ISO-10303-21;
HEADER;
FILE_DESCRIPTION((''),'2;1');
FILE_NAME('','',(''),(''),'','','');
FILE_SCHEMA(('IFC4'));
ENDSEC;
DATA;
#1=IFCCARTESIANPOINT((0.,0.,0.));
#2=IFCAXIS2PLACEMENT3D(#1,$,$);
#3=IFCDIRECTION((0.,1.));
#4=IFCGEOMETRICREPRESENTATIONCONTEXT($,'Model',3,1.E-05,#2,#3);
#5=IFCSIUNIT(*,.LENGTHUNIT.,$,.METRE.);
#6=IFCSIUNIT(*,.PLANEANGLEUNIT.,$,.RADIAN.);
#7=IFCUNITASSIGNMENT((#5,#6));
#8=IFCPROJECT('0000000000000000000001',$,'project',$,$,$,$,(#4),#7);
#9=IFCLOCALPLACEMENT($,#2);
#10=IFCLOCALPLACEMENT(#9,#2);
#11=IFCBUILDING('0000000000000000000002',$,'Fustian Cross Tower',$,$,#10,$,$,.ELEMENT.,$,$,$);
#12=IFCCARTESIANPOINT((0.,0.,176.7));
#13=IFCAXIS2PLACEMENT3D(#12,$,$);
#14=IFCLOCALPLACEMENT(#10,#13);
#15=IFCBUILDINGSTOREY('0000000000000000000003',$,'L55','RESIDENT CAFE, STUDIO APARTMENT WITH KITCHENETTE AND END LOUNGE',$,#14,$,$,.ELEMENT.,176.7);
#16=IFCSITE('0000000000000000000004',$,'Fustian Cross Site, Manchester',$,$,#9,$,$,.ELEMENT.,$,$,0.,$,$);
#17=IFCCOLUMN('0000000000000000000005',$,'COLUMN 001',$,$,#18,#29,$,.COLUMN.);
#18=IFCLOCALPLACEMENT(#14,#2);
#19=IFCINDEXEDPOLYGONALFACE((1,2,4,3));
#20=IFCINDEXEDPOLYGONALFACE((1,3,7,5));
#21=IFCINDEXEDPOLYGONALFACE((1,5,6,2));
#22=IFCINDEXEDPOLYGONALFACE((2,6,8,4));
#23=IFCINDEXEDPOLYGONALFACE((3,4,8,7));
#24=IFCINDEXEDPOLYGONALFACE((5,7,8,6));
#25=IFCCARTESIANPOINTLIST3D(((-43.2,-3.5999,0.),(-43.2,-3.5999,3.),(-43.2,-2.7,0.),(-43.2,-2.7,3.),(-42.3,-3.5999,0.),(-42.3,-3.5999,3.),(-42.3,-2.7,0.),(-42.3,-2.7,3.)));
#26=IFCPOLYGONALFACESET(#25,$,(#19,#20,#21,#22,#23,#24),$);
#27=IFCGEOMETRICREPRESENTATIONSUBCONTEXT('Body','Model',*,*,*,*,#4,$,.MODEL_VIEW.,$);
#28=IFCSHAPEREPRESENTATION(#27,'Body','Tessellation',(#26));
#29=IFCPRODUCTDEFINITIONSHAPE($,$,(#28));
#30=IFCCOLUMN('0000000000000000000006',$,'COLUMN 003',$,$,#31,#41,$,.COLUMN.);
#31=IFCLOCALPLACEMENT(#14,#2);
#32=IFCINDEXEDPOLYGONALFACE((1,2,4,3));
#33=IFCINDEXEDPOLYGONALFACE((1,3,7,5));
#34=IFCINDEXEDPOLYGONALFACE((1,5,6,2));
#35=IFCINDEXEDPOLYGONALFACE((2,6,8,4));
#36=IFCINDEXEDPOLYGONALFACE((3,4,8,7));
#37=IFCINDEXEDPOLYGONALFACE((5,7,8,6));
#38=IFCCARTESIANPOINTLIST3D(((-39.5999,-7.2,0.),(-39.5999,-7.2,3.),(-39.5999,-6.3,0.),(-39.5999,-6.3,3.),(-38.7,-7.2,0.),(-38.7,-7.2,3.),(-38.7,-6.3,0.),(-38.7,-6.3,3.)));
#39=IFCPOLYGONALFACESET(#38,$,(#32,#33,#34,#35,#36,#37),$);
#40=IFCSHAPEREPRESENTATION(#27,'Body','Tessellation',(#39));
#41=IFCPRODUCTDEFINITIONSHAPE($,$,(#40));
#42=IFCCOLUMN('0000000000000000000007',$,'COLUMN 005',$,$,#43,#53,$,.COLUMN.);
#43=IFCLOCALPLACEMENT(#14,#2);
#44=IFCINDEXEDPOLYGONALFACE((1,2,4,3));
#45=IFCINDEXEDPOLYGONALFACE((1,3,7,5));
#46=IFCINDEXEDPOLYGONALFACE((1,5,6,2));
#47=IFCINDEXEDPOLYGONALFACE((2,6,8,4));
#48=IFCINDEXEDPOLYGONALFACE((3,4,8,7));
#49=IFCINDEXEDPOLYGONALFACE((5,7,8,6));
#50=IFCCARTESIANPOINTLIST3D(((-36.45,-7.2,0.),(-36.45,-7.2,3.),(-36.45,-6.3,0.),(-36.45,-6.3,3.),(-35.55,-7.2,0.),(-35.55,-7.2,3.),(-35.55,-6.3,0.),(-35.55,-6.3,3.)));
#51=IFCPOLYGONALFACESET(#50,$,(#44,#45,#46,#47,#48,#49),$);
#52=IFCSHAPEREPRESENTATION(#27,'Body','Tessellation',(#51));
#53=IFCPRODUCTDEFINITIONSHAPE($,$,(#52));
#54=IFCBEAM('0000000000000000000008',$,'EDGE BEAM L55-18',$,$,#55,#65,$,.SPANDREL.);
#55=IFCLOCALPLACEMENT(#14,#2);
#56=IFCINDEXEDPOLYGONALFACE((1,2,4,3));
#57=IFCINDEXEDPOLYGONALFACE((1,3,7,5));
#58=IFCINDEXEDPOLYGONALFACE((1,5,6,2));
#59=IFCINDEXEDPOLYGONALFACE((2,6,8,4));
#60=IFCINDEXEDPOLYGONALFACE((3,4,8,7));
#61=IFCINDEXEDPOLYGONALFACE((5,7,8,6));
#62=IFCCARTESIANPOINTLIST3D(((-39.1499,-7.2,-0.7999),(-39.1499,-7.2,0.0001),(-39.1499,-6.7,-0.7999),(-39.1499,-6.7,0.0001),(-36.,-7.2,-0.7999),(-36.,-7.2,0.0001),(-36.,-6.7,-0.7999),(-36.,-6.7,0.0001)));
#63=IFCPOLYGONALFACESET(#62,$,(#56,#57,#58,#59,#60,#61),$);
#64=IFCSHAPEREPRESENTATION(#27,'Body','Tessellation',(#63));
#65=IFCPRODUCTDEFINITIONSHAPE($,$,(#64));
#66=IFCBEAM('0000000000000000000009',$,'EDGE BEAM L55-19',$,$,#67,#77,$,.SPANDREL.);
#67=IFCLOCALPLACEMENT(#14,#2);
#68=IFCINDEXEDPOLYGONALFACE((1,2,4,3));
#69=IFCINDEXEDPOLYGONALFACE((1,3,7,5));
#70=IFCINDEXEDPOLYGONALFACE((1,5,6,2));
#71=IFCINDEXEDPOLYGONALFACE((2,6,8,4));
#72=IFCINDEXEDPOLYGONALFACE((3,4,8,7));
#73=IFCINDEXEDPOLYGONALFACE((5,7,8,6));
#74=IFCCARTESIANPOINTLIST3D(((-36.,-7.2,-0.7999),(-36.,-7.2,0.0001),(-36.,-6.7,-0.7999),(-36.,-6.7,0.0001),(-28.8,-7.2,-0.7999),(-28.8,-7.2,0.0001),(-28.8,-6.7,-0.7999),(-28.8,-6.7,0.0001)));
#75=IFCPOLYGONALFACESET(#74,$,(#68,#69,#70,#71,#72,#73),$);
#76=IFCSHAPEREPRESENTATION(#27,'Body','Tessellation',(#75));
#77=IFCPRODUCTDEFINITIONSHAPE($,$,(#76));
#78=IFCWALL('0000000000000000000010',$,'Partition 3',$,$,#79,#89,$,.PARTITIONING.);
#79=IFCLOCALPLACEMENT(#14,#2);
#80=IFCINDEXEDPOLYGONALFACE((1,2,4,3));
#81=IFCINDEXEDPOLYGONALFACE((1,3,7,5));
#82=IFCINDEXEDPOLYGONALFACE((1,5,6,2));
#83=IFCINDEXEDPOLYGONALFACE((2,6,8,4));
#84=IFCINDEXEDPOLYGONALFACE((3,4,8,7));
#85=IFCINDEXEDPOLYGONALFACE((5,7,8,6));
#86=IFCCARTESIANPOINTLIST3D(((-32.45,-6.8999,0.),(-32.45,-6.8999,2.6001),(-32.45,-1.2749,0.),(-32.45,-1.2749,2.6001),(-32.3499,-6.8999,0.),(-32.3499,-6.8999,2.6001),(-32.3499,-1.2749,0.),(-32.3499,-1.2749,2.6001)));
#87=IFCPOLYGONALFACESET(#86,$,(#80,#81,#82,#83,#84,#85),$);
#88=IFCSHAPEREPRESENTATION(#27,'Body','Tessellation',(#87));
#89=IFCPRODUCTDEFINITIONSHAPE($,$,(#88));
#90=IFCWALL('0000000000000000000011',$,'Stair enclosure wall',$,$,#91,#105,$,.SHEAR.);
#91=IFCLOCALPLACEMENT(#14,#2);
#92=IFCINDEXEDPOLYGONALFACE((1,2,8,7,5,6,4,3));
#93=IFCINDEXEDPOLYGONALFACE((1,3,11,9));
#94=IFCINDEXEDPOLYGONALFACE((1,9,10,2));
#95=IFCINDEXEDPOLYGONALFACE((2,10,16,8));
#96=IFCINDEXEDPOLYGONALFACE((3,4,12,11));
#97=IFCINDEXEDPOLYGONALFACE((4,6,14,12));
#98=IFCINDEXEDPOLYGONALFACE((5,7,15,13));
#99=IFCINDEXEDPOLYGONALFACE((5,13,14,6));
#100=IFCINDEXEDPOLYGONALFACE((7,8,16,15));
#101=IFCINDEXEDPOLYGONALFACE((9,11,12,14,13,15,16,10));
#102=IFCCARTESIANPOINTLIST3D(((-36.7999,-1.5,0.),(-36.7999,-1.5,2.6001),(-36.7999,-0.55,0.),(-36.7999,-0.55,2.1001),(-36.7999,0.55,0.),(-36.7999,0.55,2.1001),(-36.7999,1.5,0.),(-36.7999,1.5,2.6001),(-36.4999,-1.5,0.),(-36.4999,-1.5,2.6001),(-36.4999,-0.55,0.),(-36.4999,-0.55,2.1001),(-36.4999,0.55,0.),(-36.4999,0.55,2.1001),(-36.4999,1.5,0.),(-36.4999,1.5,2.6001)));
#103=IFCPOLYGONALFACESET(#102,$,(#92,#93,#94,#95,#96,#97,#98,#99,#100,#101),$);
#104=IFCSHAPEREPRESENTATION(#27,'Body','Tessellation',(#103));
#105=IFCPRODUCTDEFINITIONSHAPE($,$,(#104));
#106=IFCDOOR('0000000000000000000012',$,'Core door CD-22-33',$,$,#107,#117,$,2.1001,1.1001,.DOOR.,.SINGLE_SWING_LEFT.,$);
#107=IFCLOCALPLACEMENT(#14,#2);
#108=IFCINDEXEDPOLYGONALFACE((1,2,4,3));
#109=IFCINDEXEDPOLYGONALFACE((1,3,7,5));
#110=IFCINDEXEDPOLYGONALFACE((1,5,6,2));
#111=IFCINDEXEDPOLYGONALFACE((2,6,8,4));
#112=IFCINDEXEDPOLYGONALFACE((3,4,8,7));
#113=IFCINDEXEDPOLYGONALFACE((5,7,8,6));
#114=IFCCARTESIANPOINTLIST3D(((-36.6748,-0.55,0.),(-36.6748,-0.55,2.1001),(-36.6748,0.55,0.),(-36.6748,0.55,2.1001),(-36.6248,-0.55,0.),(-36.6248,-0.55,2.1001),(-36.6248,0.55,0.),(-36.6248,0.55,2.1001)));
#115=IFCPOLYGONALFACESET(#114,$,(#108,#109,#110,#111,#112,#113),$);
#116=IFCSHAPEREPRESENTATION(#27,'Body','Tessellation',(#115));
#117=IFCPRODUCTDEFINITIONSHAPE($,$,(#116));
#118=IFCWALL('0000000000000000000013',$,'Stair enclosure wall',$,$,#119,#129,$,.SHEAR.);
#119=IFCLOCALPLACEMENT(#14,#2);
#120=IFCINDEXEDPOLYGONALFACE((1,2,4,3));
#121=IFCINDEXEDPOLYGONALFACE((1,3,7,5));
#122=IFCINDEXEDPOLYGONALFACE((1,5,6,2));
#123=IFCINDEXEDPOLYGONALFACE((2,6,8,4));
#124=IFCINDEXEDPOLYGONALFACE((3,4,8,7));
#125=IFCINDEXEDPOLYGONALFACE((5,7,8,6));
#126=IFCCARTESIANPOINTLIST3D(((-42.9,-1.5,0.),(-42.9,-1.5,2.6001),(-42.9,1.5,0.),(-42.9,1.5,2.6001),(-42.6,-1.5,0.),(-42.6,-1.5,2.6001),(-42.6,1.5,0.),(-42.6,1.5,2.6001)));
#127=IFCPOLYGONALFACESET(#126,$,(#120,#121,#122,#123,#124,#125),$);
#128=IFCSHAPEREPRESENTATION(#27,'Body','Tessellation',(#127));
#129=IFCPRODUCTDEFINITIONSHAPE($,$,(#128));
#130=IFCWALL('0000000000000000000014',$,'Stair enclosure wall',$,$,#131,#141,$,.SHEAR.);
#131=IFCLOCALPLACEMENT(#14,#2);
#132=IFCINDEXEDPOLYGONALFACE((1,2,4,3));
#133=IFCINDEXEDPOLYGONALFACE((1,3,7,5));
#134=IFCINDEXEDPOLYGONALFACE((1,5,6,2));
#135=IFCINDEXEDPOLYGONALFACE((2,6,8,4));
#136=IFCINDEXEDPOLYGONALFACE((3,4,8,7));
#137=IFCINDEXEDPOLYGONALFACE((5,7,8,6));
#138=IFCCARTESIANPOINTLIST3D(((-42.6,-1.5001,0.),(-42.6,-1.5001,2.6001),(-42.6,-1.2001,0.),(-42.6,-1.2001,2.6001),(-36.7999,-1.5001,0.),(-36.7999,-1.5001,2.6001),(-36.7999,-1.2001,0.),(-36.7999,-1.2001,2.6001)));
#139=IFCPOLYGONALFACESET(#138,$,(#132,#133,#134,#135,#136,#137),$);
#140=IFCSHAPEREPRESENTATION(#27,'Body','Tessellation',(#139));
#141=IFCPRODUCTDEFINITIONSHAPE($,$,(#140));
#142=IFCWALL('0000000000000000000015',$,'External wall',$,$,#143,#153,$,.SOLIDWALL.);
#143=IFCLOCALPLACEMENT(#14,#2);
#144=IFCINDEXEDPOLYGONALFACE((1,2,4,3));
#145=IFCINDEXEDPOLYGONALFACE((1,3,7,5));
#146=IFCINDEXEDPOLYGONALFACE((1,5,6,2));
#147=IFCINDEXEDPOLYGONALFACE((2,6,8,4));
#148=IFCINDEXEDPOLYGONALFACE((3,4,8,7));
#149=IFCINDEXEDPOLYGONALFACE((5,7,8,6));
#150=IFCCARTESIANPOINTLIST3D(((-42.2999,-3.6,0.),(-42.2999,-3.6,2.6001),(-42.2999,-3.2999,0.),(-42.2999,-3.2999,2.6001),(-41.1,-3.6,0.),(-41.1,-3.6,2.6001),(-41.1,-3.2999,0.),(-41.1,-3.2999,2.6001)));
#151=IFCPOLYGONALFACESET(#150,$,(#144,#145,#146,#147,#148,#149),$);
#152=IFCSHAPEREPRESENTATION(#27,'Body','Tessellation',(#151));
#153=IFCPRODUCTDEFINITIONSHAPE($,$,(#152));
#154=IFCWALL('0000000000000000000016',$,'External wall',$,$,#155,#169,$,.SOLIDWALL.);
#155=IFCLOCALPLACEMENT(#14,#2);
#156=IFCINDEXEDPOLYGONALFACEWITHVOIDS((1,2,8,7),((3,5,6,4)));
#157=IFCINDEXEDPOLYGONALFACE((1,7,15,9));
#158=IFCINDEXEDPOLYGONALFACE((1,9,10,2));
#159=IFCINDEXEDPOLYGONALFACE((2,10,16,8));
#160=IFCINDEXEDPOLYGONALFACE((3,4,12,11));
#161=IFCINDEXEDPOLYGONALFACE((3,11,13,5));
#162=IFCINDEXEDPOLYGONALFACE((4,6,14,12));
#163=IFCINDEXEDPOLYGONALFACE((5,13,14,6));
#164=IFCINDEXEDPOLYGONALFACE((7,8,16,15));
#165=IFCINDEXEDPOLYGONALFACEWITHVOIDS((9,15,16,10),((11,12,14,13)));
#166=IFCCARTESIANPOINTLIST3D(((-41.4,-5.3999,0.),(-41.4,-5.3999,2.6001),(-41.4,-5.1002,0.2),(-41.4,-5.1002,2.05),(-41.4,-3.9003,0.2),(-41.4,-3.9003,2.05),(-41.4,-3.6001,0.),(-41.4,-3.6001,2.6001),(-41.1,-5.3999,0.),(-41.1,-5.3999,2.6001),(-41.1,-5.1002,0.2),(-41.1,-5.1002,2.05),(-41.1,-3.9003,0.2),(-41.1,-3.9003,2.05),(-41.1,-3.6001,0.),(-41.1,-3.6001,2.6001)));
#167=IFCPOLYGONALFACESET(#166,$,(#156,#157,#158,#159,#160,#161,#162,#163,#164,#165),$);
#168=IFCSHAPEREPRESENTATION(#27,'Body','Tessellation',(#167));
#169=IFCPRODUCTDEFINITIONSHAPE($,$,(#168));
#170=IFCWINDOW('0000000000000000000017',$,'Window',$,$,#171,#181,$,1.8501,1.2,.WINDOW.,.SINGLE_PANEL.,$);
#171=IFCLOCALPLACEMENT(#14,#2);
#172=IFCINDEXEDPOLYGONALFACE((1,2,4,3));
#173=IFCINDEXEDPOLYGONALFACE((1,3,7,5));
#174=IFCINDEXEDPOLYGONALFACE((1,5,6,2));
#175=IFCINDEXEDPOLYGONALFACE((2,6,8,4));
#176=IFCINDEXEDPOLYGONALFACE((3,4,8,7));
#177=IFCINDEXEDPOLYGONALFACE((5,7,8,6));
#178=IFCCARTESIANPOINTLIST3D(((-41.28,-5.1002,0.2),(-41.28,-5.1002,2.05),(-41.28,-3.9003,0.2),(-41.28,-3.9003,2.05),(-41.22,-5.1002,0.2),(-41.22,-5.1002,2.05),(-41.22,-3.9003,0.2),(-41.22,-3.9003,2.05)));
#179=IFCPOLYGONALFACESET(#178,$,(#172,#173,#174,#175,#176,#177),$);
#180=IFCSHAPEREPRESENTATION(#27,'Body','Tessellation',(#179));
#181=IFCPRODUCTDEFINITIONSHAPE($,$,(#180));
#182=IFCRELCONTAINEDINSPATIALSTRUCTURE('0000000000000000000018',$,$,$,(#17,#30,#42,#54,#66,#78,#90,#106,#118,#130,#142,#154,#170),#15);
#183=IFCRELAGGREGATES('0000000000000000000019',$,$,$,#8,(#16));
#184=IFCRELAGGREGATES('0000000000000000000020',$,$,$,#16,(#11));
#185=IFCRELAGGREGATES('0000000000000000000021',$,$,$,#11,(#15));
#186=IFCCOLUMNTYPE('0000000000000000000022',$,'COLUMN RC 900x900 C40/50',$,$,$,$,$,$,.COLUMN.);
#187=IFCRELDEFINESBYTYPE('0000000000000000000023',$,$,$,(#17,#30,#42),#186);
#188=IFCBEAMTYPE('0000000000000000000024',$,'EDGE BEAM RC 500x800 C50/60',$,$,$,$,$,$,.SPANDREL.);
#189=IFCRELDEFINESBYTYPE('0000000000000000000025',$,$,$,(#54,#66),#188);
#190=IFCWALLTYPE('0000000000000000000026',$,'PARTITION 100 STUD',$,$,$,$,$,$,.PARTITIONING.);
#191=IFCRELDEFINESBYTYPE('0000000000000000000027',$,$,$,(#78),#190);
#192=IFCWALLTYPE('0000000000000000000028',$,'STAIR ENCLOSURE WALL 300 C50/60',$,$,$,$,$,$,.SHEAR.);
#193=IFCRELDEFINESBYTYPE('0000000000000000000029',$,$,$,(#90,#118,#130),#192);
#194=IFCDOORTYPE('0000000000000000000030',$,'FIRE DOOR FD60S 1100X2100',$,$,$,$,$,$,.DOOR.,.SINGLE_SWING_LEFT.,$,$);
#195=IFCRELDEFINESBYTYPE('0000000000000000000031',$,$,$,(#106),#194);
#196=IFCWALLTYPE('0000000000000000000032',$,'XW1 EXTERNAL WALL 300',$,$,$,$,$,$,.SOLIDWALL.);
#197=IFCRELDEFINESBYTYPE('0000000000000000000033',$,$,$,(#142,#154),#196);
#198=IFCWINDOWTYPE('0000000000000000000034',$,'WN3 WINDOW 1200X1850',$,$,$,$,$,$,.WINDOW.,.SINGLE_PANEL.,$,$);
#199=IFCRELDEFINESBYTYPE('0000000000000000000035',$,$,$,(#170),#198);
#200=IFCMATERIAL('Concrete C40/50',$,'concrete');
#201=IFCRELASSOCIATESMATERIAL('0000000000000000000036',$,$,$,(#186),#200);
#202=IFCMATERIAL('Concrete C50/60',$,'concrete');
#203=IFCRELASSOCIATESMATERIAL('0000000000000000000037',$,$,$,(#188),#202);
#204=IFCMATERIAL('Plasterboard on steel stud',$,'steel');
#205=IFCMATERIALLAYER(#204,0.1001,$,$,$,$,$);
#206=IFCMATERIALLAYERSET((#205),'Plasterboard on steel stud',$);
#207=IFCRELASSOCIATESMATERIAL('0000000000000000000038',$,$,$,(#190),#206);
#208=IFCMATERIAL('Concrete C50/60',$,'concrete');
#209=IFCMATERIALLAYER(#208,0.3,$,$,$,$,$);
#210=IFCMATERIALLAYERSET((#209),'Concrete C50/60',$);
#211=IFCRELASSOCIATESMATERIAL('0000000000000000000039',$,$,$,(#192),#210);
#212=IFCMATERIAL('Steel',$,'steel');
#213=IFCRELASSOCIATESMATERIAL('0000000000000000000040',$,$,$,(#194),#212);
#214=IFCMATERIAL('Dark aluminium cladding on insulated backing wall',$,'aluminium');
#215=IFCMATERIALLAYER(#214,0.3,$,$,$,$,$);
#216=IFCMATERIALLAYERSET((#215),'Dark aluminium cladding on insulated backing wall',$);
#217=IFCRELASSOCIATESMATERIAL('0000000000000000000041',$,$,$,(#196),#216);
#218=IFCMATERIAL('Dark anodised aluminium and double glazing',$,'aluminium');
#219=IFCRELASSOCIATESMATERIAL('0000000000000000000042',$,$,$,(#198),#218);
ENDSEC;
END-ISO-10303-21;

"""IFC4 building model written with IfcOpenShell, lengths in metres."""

from ifc_helpers import new_model, si_unit, direction, frame, frame_2d, origin, origin_2d, place, context, subcontext, project, spatial, rectangle, extrude, material, layer, layer_set, material_profile, profile_set, type_object, element, fill, save


model = new_model("IFC4")

# Units and contexts
model_context = context("Model", 3, precision=1e-05, world=origin(), true_north=direction((0.0, 1.0)))
body_context = subcontext(model_context, "Body", "Model", "MODEL_VIEW")
ifc_project = project(units=[si_unit("LENGTHUNIT", "METRE"), si_unit("PLANEANGLEUNIT", "RADIAN")], contexts=[model_context])

# Site, building, storey
site_placement = place(None, origin())
site = spatial("IfcSite", under=ifc_project, at=site_placement, Name="Fustian Cross Site, Manchester", CompositionType="ELEMENT", RefElevation=0.0)
building_placement = place(site_placement, origin())
building = spatial("IfcBuilding", under=site, at=building_placement, Name="Fustian Cross Tower", CompositionType="ELEMENT")
storey_placement = place(building_placement, frame((0.0, 0.0, 176.7)))
storey = spatial("IfcBuildingStorey", under=building, at=storey_placement, Name="L55", Description="RESIDENT CAFE, STUDIO APARTMENT WITH KITCHENETTE AND END LOUNGE", CompositionType="ELEMENT", Elevation=176.7)

# Columns
ifc_material_1 = material(Name="Concrete C40/50", Category="concrete")
ifc_material_profile_1 = material_profile(ifc_material_1, rectangle(XDim=0.8999, YDim=0.8999, at=origin_2d()), Name="RC 900x900")
ifc_profile_set_1 = profile_set([ifc_material_profile_1], Name="Concrete C40/50")
column_type = type_object("IfcColumnType", Name="COLUMN RC 900x900 C40/50", PredefinedType="COLUMN", material=ifc_profile_set_1)
for number, where, z_axis, x_axis, name in (
    (1, (-42.75, -3.1499, 0.0), (0.0, 0.0, 1.0), (1.0, 0.0, 0.0), "COLUMN 001"),
    (2, (-39.1499, -6.75, 0.0), (0.0, 0.0, 1.0), (1.0, 0.0, 0.0), "COLUMN 003"),
    (3, (-36.0, -6.75, 0.0), (0.0, 0.0, 1.0), (1.0, 0.0, 0.0), "COLUMN 005"),
):
    element("IfcColumn", number, at=place(storey_placement, frame(where, z_axis=z_axis, x_axis=x_axis)), inside=storey, type_object=column_type, Name=name, PredefinedType="COLUMN", context=body_context, shape_type="SweptSolid", body=[
        extrude(rectangle(XDim=0.8999, YDim=0.8999, at=origin_2d()), origin(), (0.0, 0.0, 1.0), 3.0),
    ])

# Beams
ifc_material_2 = material(Name="Concrete C50/60", Category="concrete")
ifc_material_profile_2 = material_profile(ifc_material_2, rectangle(XDim=0.5, YDim=0.8, at=origin_2d()), Name="RC 500x800")
ifc_profile_set_2 = profile_set([ifc_material_profile_2], Name="Concrete C50/60")
beam_type = type_object("IfcBeamType", Name="EDGE BEAM RC 500x800 C50/60", PredefinedType="SPANDREL", material=ifc_profile_set_2)
beam_1_placement = place(storey_placement, frame((-39.1499, -6.95, -0.3999), z_axis=(1.0, 0.0, 0.0), x_axis=(0.0, 1.0, 0.0)))
element("IfcBeam", 4, at=beam_1_placement, inside=storey, type_object=beam_type, Name="EDGE BEAM L55-18", PredefinedType="SPANDREL", context=body_context, shape_type="SweptSolid", body=[
    extrude(rectangle(XDim=0.5, YDim=0.8, at=origin_2d()), origin(), (0.0, 0.0, 1.0), 3.1499),
])
beam_2_placement = place(storey_placement, frame((-36.0, -6.95, -0.3999), z_axis=(1.0, 0.0, 0.0), x_axis=(0.0, 1.0, 0.0)))
element("IfcBeam", 5, at=beam_2_placement, inside=storey, type_object=beam_type, Name="EDGE BEAM L55-19", PredefinedType="SPANDREL", context=body_context, shape_type="SweptSolid", body=[
    extrude(rectangle(XDim=0.5, YDim=0.8, at=origin_2d()), origin(), (0.0, 0.0, 1.0), 7.2),
])

# Wall
ifc_material_3 = material(Name="Plasterboard on steel stud", Category="steel")
ifc_layer_1 = layer(ifc_material_3, 0.1001)
ifc_layer_set_1 = layer_set([ifc_layer_1], Name="Plasterboard on steel stud")
wall_type_1 = type_object("IfcWallType", Name="PARTITION 100 STUD", PredefinedType="PARTITIONING", material=ifc_layer_set_1)
wall_1_placement = place(storey_placement, frame((-32.3999, -6.8999, 0.0), z_axis=(0.0, 0.0, 1.0), x_axis=(0.0, 1.0, 0.0)))
element("IfcWall", 6, at=wall_1_placement, inside=storey, type_object=wall_type_1, Name="Partition 3", PredefinedType="PARTITIONING", context=body_context, shape_type="SweptSolid", body=[
    extrude(rectangle(XDim=5.625, YDim=0.1001, at=frame_2d((2.8125, 0.0))), origin(), (0.0, 0.0, 1.0), 2.6001),
])

# Wall, opening, door
ifc_material_4 = material(Name="Concrete C50/60", Category="concrete")
ifc_layer_2 = layer(ifc_material_4, 0.3)
ifc_layer_set_2 = layer_set([ifc_layer_2], Name="Concrete C50/60")
wall_type_2 = type_object("IfcWallType", Name="STAIR ENCLOSURE WALL 300 C50/60", PredefinedType="SHEAR", material=ifc_layer_set_2)
wall_2_placement = place(storey_placement, frame((-36.6499, -1.5, 0.0), z_axis=(0.0, 0.0, 1.0), x_axis=(0.0, 1.0, 0.0)))
wall_2 = element("IfcWall", 7, at=wall_2_placement, inside=storey, type_object=wall_type_2, Name="Stair enclosure wall", PredefinedType="SHEAR", context=body_context, shape_type="SweptSolid", body=[
    extrude(rectangle(XDim=3.0, YDim=0.3, at=frame_2d((1.5, 0.0))), origin(), (0.0, 0.0, 1.0), 2.6001),
])
opening_1_placement = place(wall_2_placement, frame((0.95, 0.0, 0.0)))
opening_1 = element("IfcOpeningElement", 8, at=opening_1_placement, cuts=wall_2, PredefinedType="OPENING", context=body_context, shape_type="SweptSolid", body=[
    extrude(rectangle(XDim=1.1001, YDim=2.1001, at=frame_2d((0.55, 1.05))), frame((0.0, 0.1599, 0.0), z_axis=(0.0, -1.0, 0.0), x_axis=(1.0, 0.0, 0.0)), (0.0, 0.0, 1.0), 0.3201),
])
ifc_material_5 = material(Name="Steel", Category="steel")
door_type = type_object("IfcDoorType", Name="FIRE DOOR FD60S 1100X2100", OperationType="SINGLE_SWING_LEFT", PredefinedType="DOOR", material=ifc_material_5)
door_placement = place(opening_1_placement, origin())
door = element("IfcDoor", 9, at=door_placement, inside=storey, type_object=door_type, Name="Core door CD-22-33", OperationType="SINGLE_SWING_LEFT", OverallHeight=2.1001, OverallWidth=1.1001, PredefinedType="DOOR", context=body_context, shape_type="SweptSolid", body=[
    extrude(rectangle(XDim=1.1001, YDim=2.1001, at=frame_2d((0.55, 1.05))), frame((0.0, 0.0249, 0.0), z_axis=(0.0, -1.0, 0.0), x_axis=(1.0, 0.0, 0.0)), (0.0, 0.0, 1.0), 0.05),
])
fill(opening_1, door)

# Walls
wall_3_placement = place(storey_placement, frame((-42.75, -1.5, 0.0), z_axis=(0.0, 0.0, 1.0), x_axis=(0.0, 1.0, 0.0)))
element("IfcWall", 10, at=wall_3_placement, inside=storey, type_object=wall_type_2, Name="Stair enclosure wall", PredefinedType="SHEAR", context=body_context, shape_type="SweptSolid", body=[
    extrude(rectangle(XDim=3.0, YDim=0.3, at=frame_2d((1.5, 0.0))), origin(), (0.0, 0.0, 1.0), 2.6001),
])
wall_4_placement = place(storey_placement, frame((-36.8, -1.3501, 0.0), z_axis=(0.0, 0.0, 1.0), x_axis=(-1.0, 0.0, 0.0)))
element("IfcWall", 11, at=wall_4_placement, inside=storey, type_object=wall_type_2, Name="Stair enclosure wall", PredefinedType="SHEAR", context=body_context, shape_type="SweptSolid", body=[
    extrude(rectangle(XDim=5.8, YDim=0.3, at=frame_2d((2.8999, 0.0))), origin(), (0.0, 0.0, 1.0), 2.6001),
])
ifc_material_6 = material(Name="Dark aluminium cladding on insulated backing wall", Category="aluminium")
ifc_layer_3 = layer(ifc_material_6, 0.3)
ifc_layer_set_3 = layer_set([ifc_layer_3], Name="Dark aluminium cladding on insulated backing wall")
wall_type_3 = type_object("IfcWallType", Name="XW1 EXTERNAL WALL 300", PredefinedType="SOLIDWALL", material=ifc_layer_set_3)
wall_5_placement = place(storey_placement, frame((-42.3, -3.45, 0.0), z_axis=(0.0, 0.0, 1.0), x_axis=(1.0, 0.0, 0.0)))
element("IfcWall", 12, at=wall_5_placement, inside=storey, type_object=wall_type_3, Name="External wall", PredefinedType="SOLIDWALL", context=body_context, shape_type="SweptSolid", body=[
    extrude(rectangle(XDim=1.2, YDim=0.3, at=frame_2d((0.6001, 0.0))), origin(), (0.0, 0.0, 1.0), 2.6001),
])

# Wall, opening, window
wall_6_placement = place(storey_placement, frame((-41.25, -3.6001, 0.0), z_axis=(0.0, 0.0, 1.0), x_axis=(0.0, -1.0, 0.0)))
wall_6 = element("IfcWall", 13, at=wall_6_placement, inside=storey, type_object=wall_type_3, Name="External wall", PredefinedType="SOLIDWALL", context=body_context, shape_type="SweptSolid", body=[
    extrude(rectangle(XDim=1.7998, YDim=0.3, at=frame_2d((0.8999, 0.0))), origin(), (0.0, 0.0, 1.0), 2.6001),
])
opening_2_placement = place(wall_6_placement, frame((0.3, 0.0, 0.2)))
opening_2 = element("IfcOpeningElement", 14, at=opening_2_placement, cuts=wall_6, PredefinedType="OPENING", context=body_context, shape_type="SweptSolid", body=[
    extrude(rectangle(XDim=1.2, YDim=1.8501, at=frame_2d((0.6001, 0.925))), frame((0.0, 0.1599, 0.0), z_axis=(0.0, -1.0, 0.0), x_axis=(1.0, 0.0, 0.0)), (0.0, 0.0, 1.0), 0.3201),
])
ifc_material_7 = material(Name="Dark anodised aluminium and double glazing", Category="aluminium")
window_type_1 = type_object("IfcWindowType", Name="WN3 WINDOW 1200X1850", PartitioningType="SINGLE_PANEL", PredefinedType="WINDOW", material=ifc_material_7)
window_1_placement = place(opening_2_placement, origin())
window_1 = element("IfcWindow", 15, at=window_1_placement, inside=storey, type_object=window_type_1, Name="Window", OverallHeight=1.8501, OverallWidth=1.2, PartitioningType="SINGLE_PANEL", PredefinedType="WINDOW", context=body_context, shape_type="SweptSolid", body=[
    extrude(rectangle(XDim=1.2, YDim=1.8501, at=frame_2d((0.6001, 0.925))), frame((0.0, 0.03, 0.0), z_axis=(0.0, -1.0, 0.0), x_axis=(1.0, 0.0, 0.0)), (0.0, 0.0, 1.0), 0.0601),
])
fill(opening_2, window_1)

save(model, "model.ifc")
